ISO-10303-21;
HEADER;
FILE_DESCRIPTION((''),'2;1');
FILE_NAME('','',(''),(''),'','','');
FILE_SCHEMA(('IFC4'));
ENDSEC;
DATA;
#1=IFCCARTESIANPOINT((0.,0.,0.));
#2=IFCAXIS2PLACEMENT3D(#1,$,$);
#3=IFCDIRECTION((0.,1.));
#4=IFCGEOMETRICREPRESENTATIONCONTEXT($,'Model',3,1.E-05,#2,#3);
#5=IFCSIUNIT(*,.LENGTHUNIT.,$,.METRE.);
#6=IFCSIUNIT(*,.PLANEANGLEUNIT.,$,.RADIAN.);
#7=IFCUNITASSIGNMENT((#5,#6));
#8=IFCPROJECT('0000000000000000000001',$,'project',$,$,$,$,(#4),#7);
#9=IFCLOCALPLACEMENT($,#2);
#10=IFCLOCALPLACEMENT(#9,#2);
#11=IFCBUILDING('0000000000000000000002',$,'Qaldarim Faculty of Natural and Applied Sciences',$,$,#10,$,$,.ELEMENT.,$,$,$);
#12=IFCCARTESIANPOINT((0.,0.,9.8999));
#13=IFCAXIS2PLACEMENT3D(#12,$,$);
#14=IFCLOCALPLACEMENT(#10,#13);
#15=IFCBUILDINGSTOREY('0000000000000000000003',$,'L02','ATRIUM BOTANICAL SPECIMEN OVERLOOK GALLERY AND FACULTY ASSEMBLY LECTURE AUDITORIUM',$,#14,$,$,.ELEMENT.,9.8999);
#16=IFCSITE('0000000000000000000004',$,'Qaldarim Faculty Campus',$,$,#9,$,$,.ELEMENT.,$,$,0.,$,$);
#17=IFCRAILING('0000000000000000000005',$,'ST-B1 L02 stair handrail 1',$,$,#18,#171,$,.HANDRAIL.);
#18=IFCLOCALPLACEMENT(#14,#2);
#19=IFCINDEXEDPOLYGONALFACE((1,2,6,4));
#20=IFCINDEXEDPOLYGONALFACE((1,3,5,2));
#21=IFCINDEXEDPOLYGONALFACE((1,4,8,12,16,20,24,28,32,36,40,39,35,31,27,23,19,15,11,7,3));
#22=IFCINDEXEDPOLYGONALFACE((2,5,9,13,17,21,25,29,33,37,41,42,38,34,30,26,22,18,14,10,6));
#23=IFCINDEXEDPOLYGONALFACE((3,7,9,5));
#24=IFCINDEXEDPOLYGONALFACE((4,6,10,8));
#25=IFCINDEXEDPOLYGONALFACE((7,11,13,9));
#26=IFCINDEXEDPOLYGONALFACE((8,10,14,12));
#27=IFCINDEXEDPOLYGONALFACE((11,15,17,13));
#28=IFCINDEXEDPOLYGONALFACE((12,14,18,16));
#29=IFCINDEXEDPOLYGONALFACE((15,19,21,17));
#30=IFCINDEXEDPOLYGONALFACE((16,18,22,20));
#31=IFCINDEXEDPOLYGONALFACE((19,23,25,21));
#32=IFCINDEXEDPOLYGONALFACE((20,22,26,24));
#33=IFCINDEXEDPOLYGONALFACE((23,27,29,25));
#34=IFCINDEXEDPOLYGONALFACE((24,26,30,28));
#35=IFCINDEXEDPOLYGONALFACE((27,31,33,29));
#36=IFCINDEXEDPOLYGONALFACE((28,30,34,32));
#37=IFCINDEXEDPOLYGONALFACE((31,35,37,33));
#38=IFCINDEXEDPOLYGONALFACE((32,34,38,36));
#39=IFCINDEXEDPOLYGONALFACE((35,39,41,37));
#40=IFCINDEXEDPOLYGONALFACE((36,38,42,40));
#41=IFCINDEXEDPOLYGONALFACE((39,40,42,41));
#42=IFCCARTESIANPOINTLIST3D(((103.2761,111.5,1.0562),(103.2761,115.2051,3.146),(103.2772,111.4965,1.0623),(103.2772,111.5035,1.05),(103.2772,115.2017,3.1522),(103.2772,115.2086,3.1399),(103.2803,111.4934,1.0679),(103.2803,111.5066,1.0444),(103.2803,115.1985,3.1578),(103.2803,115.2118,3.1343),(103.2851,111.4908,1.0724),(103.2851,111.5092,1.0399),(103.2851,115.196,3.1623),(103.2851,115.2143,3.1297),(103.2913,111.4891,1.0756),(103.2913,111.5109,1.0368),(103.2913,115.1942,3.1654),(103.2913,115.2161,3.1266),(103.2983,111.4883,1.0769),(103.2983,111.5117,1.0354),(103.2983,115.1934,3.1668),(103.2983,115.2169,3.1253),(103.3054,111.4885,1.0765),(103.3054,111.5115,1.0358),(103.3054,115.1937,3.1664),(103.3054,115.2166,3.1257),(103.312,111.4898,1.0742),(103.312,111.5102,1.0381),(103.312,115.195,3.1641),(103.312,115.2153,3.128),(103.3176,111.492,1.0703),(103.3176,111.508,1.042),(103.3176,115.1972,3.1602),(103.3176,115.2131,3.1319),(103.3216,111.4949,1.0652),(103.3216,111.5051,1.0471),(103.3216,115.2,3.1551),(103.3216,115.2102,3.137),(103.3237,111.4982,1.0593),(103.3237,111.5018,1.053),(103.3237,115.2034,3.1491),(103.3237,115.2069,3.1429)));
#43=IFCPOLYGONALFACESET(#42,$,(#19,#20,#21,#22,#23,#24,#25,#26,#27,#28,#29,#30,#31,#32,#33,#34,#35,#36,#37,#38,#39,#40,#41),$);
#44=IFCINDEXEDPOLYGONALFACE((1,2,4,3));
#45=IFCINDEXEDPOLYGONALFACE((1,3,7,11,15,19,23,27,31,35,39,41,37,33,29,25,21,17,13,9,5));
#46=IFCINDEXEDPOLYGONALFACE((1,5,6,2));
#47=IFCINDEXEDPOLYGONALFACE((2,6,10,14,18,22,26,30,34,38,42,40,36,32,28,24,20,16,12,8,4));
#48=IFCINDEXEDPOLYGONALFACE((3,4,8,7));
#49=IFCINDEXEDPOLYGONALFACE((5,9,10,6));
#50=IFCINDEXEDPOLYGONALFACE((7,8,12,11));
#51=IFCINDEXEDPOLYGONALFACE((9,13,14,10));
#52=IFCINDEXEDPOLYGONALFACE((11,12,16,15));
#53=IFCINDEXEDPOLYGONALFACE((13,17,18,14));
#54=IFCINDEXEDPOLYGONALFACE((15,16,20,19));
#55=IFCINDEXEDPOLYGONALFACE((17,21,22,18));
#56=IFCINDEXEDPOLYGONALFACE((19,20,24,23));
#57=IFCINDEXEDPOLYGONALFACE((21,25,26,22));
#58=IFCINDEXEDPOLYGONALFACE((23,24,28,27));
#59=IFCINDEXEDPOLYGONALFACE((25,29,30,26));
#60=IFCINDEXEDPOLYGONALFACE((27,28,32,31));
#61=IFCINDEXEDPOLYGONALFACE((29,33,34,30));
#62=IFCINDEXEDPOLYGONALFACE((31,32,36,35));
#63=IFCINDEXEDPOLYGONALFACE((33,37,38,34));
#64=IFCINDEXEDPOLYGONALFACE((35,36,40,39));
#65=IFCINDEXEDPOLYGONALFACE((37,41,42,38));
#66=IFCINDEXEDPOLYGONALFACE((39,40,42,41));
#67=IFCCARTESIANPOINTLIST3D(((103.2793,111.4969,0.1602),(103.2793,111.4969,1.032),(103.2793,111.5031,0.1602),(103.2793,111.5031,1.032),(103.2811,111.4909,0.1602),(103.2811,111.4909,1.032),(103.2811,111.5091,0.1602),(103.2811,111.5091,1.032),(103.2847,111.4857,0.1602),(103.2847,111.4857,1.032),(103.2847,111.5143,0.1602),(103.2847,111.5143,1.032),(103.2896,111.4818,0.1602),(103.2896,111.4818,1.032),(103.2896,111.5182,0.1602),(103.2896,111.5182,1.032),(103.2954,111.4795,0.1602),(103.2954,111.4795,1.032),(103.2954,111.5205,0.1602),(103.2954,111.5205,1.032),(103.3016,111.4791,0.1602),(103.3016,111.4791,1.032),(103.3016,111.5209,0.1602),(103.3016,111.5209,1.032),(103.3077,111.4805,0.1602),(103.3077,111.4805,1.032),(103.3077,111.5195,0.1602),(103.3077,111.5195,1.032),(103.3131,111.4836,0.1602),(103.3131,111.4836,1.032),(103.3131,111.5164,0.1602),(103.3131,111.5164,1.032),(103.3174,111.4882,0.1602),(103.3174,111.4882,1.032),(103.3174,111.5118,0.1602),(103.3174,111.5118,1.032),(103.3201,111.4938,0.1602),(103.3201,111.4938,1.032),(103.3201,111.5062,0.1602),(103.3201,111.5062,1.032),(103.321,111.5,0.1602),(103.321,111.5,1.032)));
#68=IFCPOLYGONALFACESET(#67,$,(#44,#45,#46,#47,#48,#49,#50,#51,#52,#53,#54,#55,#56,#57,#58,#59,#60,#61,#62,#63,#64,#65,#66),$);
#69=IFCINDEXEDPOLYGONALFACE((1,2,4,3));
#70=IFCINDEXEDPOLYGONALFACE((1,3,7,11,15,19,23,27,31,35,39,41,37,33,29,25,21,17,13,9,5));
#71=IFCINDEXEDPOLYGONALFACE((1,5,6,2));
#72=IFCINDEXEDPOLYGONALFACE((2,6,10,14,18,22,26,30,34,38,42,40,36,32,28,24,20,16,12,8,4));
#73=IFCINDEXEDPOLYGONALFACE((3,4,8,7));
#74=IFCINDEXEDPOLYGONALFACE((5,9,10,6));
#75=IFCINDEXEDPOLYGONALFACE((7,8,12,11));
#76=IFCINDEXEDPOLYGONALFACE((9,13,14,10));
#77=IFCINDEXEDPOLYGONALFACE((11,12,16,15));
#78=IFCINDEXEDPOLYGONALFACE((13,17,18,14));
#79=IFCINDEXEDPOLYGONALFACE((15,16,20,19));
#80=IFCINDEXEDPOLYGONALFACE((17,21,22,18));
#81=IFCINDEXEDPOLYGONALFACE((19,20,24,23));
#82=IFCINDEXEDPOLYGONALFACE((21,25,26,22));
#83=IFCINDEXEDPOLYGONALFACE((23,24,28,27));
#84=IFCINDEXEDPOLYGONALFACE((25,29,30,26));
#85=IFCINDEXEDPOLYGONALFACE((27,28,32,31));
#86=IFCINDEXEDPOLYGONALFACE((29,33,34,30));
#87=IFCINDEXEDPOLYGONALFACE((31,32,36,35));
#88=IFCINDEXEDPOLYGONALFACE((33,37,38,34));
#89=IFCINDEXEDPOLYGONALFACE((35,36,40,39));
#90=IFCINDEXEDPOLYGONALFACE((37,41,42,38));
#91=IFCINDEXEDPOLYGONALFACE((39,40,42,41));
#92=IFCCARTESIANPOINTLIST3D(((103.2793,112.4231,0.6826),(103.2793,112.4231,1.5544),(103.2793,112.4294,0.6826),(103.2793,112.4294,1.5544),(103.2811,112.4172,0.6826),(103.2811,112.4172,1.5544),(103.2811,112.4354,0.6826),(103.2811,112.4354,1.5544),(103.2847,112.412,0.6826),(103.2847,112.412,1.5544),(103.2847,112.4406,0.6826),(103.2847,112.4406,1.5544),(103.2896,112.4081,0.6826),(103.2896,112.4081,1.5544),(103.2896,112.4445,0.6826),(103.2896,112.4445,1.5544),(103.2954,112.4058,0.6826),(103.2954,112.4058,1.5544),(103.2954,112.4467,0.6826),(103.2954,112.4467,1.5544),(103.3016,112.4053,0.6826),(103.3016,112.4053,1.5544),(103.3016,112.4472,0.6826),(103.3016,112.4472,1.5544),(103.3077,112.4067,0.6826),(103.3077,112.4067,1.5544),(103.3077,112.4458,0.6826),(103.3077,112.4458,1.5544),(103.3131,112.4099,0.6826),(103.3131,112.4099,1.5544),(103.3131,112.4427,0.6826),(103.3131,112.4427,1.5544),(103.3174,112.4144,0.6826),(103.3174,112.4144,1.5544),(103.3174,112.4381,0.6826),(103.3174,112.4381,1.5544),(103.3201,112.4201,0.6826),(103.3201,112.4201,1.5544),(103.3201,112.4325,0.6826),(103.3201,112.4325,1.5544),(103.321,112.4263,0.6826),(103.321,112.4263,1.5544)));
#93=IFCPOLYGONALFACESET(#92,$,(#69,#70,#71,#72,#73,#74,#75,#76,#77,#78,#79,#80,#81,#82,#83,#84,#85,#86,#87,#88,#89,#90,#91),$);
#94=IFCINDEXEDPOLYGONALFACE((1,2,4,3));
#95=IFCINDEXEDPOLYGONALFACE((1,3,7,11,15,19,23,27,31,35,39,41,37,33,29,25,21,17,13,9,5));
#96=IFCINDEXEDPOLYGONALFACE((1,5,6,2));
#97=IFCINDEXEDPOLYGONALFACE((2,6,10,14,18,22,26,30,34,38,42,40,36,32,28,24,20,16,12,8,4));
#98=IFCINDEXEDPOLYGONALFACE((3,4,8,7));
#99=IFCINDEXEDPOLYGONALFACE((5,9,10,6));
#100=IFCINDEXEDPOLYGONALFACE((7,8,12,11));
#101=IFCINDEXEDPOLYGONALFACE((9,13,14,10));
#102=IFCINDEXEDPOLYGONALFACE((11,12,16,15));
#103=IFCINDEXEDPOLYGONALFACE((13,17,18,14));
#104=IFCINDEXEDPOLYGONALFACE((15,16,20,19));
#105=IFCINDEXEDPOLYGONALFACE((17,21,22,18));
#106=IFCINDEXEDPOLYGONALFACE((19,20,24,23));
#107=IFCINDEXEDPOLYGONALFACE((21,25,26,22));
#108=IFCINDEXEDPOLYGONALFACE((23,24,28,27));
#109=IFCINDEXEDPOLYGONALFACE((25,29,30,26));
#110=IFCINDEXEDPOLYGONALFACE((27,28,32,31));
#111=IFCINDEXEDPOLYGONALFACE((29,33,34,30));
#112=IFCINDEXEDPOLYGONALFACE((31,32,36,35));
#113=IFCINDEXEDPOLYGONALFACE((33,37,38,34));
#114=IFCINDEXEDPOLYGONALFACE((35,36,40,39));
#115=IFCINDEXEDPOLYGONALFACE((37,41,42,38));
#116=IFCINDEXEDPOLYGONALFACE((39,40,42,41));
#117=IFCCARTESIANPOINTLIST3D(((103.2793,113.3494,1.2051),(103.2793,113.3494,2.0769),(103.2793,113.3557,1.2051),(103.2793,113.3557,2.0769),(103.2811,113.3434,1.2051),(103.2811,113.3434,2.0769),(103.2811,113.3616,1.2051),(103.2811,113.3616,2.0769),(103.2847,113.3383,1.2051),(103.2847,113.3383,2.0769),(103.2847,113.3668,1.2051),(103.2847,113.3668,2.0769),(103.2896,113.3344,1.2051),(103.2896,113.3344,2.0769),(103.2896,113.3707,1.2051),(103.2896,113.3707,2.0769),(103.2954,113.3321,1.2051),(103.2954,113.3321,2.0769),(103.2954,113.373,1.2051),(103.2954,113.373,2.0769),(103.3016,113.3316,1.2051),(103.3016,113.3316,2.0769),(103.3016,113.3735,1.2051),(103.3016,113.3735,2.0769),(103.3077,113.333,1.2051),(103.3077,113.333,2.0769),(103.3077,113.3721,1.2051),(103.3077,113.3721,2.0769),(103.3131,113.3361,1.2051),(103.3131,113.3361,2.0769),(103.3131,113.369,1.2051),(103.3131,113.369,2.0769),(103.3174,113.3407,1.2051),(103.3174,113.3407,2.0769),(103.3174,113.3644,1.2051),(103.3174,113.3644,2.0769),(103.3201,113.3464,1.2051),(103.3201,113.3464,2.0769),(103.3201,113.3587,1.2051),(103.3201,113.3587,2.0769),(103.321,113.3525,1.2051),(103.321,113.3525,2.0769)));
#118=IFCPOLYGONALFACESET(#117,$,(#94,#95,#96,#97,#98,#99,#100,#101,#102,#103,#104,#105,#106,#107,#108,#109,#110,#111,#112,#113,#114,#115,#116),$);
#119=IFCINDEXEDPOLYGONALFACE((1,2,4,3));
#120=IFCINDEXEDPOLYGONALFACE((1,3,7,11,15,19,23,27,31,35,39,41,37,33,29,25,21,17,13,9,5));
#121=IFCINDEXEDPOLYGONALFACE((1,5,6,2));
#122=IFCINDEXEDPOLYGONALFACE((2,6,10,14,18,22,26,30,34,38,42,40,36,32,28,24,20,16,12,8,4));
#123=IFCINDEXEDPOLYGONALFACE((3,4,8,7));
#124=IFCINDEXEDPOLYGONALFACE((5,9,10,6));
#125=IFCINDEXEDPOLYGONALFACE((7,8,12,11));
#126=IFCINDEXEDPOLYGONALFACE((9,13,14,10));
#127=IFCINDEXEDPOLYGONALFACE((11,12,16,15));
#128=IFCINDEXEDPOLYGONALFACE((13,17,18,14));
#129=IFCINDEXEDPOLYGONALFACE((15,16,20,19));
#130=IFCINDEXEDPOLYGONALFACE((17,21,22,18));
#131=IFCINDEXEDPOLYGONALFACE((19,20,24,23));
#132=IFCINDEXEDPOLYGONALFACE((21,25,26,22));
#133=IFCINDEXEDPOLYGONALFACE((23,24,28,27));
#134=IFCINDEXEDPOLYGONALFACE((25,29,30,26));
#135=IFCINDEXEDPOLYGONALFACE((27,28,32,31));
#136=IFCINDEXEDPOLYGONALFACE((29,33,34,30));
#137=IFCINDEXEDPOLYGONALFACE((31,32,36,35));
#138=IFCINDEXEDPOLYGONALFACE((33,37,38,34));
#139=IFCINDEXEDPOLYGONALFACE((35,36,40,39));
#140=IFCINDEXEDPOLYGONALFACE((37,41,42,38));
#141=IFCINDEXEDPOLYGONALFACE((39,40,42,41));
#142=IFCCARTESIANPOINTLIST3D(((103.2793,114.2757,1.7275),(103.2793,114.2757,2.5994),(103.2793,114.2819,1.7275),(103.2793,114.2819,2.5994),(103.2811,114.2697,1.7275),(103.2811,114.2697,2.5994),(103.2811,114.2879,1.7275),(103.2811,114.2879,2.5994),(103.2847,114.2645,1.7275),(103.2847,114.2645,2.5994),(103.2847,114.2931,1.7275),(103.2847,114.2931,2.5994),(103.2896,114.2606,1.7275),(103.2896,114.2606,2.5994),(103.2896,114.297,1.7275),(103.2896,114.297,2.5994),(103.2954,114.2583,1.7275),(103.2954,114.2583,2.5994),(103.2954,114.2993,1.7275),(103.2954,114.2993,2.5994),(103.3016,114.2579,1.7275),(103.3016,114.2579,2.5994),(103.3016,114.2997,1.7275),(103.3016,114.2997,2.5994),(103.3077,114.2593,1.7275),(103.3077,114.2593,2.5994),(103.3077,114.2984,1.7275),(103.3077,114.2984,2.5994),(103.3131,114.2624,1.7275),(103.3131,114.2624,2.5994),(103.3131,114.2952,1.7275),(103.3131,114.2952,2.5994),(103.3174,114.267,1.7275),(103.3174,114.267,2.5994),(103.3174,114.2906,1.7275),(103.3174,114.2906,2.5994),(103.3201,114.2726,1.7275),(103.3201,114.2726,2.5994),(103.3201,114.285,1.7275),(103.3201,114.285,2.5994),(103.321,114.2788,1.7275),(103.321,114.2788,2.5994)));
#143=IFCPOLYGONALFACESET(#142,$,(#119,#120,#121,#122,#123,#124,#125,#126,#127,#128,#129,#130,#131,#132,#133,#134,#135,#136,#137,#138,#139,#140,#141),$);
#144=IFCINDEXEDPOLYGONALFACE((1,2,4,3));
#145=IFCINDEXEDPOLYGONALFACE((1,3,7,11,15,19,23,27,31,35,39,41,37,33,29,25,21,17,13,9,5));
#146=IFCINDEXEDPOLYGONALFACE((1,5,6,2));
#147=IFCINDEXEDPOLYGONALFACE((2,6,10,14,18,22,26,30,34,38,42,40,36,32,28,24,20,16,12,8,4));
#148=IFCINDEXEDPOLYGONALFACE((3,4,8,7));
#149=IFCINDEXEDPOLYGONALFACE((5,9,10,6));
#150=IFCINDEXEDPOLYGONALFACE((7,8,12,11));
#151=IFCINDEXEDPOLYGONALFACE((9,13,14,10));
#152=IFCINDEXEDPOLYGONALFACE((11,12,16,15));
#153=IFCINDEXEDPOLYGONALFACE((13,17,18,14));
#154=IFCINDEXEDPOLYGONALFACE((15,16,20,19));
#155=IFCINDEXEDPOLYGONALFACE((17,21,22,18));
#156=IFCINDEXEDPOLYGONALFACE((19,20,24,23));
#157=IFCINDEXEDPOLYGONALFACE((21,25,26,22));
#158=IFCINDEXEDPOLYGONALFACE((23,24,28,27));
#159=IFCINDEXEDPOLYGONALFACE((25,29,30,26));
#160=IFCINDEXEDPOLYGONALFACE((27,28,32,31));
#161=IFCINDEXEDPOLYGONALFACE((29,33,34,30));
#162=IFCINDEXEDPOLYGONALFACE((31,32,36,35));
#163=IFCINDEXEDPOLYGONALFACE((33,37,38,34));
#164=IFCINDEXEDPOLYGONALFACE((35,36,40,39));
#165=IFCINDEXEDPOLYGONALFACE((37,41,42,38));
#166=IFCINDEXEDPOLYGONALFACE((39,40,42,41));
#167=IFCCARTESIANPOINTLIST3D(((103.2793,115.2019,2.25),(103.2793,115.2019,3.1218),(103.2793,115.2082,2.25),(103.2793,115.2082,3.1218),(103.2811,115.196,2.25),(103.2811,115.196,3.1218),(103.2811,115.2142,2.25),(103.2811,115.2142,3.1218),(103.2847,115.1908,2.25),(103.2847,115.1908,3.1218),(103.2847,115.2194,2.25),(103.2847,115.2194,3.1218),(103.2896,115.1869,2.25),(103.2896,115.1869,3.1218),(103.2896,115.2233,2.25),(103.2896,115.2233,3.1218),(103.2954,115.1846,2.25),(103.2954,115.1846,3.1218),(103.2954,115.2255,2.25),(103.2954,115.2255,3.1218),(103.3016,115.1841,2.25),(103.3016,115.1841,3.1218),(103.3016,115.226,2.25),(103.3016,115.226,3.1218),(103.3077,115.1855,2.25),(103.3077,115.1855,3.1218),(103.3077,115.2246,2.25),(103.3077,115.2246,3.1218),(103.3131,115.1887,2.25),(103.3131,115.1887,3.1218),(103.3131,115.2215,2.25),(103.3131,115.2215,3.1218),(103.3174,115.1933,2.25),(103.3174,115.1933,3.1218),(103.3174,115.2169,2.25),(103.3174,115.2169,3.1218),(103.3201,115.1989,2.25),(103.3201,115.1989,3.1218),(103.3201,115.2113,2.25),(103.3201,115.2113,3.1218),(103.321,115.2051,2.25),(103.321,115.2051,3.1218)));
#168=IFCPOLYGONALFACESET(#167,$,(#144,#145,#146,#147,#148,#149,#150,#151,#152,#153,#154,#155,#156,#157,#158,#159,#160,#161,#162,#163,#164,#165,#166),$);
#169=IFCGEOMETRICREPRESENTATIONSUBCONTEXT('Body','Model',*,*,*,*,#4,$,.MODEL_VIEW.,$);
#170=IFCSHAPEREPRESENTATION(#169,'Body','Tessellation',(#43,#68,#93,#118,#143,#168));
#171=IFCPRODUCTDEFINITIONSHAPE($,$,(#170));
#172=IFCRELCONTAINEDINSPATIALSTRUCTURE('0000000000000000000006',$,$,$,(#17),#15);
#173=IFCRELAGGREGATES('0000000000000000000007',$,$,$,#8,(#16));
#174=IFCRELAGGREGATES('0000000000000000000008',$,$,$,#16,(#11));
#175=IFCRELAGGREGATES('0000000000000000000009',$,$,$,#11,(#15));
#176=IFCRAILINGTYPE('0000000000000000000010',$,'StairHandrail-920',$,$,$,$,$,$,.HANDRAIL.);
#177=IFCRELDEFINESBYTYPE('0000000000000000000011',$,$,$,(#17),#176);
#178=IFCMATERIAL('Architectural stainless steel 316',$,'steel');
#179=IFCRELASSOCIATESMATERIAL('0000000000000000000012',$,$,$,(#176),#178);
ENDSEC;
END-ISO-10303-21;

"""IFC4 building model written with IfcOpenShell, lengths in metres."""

from ifc_helpers import new_model, si_unit, direction, frame, origin, origin_2d, place, context, subcontext, project, spatial, circle, extrude, material, type_object, element, save


model = new_model("IFC4")

# Units and contexts
model_context = context("Model", 3, precision=1e-05, world=origin(), true_north=direction((0.0, 1.0)))
body_context = subcontext(model_context, "Body", "Model", "MODEL_VIEW")
ifc_project = project(units=[si_unit("LENGTHUNIT", "METRE"), si_unit("PLANEANGLEUNIT", "RADIAN")], contexts=[model_context])

# Site, building, storey
site_placement = place(None, origin())
site = spatial("IfcSite", under=ifc_project, at=site_placement, Name="Qaldarim Faculty Campus", CompositionType="ELEMENT", RefElevation=0.0)
building_placement = place(site_placement, origin())
building = spatial("IfcBuilding", under=site, at=building_placement, Name="Qaldarim Faculty of Natural and Applied Sciences", CompositionType="ELEMENT")
storey_placement = place(building_placement, frame((0.0, 0.0, 9.8999)))
storey = spatial("IfcBuildingStorey", under=building, at=storey_placement, Name="L02", Description="ATRIUM BOTANICAL SPECIMEN OVERLOOK GALLERY AND FACULTY ASSEMBLY LECTURE AUDITORIUM", CompositionType="ELEMENT", Elevation=9.8999)

# Shared definitions
ifc_material_1 = material(Name="Architectural stainless steel 316", Category="steel")

# Railing
railing_type_1 = type_object("IfcRailingType", Name="StairHandrail-920", PredefinedType="HANDRAIL", material=ifc_material_1)
railing_1_placement = place(storey_placement, frame((103.3, 111.5, 0.1602)))
element("IfcRailing", 1, at=railing_1_placement, inside=storey, type_object=railing_type_1, Name="ST-B1 L02 stair handrail 1", PredefinedType="HANDRAIL", context=body_context, shape_type="SweptSolid", body=[
    extrude(circle(Radius=0.0239, at=origin_2d()), frame((0.0, 0.0, 0.896), z_axis=(0.0, 0.870999, 0.491285), x_axis=(-1.0, 0.0, 0.0)), (0.0, 0.0, 1.0), 4.2539),
    extrude(circle(Radius=0.021, at=origin_2d()), origin(), (0.0, 0.0, 1.0), 0.8718),
    extrude(circle(Radius=0.021, at=origin_2d()), frame((0.0, 0.9263, 0.5225)), (0.0, 0.0, 1.0), 0.8718),
    extrude(circle(Radius=0.021, at=origin_2d()), frame((0.0, 1.8525, 1.0449)), (0.0, 0.0, 1.0), 0.8718),
    extrude(circle(Radius=0.021, at=origin_2d()), frame((0.0, 2.7788, 1.5674)), (0.0, 0.0, 1.0), 0.8718),
    extrude(circle(Radius=0.021, at=origin_2d()), frame((0.0, 3.7051, 2.0898)), (0.0, 0.0, 1.0), 0.8718),
])

save(model, "model.ifc")
